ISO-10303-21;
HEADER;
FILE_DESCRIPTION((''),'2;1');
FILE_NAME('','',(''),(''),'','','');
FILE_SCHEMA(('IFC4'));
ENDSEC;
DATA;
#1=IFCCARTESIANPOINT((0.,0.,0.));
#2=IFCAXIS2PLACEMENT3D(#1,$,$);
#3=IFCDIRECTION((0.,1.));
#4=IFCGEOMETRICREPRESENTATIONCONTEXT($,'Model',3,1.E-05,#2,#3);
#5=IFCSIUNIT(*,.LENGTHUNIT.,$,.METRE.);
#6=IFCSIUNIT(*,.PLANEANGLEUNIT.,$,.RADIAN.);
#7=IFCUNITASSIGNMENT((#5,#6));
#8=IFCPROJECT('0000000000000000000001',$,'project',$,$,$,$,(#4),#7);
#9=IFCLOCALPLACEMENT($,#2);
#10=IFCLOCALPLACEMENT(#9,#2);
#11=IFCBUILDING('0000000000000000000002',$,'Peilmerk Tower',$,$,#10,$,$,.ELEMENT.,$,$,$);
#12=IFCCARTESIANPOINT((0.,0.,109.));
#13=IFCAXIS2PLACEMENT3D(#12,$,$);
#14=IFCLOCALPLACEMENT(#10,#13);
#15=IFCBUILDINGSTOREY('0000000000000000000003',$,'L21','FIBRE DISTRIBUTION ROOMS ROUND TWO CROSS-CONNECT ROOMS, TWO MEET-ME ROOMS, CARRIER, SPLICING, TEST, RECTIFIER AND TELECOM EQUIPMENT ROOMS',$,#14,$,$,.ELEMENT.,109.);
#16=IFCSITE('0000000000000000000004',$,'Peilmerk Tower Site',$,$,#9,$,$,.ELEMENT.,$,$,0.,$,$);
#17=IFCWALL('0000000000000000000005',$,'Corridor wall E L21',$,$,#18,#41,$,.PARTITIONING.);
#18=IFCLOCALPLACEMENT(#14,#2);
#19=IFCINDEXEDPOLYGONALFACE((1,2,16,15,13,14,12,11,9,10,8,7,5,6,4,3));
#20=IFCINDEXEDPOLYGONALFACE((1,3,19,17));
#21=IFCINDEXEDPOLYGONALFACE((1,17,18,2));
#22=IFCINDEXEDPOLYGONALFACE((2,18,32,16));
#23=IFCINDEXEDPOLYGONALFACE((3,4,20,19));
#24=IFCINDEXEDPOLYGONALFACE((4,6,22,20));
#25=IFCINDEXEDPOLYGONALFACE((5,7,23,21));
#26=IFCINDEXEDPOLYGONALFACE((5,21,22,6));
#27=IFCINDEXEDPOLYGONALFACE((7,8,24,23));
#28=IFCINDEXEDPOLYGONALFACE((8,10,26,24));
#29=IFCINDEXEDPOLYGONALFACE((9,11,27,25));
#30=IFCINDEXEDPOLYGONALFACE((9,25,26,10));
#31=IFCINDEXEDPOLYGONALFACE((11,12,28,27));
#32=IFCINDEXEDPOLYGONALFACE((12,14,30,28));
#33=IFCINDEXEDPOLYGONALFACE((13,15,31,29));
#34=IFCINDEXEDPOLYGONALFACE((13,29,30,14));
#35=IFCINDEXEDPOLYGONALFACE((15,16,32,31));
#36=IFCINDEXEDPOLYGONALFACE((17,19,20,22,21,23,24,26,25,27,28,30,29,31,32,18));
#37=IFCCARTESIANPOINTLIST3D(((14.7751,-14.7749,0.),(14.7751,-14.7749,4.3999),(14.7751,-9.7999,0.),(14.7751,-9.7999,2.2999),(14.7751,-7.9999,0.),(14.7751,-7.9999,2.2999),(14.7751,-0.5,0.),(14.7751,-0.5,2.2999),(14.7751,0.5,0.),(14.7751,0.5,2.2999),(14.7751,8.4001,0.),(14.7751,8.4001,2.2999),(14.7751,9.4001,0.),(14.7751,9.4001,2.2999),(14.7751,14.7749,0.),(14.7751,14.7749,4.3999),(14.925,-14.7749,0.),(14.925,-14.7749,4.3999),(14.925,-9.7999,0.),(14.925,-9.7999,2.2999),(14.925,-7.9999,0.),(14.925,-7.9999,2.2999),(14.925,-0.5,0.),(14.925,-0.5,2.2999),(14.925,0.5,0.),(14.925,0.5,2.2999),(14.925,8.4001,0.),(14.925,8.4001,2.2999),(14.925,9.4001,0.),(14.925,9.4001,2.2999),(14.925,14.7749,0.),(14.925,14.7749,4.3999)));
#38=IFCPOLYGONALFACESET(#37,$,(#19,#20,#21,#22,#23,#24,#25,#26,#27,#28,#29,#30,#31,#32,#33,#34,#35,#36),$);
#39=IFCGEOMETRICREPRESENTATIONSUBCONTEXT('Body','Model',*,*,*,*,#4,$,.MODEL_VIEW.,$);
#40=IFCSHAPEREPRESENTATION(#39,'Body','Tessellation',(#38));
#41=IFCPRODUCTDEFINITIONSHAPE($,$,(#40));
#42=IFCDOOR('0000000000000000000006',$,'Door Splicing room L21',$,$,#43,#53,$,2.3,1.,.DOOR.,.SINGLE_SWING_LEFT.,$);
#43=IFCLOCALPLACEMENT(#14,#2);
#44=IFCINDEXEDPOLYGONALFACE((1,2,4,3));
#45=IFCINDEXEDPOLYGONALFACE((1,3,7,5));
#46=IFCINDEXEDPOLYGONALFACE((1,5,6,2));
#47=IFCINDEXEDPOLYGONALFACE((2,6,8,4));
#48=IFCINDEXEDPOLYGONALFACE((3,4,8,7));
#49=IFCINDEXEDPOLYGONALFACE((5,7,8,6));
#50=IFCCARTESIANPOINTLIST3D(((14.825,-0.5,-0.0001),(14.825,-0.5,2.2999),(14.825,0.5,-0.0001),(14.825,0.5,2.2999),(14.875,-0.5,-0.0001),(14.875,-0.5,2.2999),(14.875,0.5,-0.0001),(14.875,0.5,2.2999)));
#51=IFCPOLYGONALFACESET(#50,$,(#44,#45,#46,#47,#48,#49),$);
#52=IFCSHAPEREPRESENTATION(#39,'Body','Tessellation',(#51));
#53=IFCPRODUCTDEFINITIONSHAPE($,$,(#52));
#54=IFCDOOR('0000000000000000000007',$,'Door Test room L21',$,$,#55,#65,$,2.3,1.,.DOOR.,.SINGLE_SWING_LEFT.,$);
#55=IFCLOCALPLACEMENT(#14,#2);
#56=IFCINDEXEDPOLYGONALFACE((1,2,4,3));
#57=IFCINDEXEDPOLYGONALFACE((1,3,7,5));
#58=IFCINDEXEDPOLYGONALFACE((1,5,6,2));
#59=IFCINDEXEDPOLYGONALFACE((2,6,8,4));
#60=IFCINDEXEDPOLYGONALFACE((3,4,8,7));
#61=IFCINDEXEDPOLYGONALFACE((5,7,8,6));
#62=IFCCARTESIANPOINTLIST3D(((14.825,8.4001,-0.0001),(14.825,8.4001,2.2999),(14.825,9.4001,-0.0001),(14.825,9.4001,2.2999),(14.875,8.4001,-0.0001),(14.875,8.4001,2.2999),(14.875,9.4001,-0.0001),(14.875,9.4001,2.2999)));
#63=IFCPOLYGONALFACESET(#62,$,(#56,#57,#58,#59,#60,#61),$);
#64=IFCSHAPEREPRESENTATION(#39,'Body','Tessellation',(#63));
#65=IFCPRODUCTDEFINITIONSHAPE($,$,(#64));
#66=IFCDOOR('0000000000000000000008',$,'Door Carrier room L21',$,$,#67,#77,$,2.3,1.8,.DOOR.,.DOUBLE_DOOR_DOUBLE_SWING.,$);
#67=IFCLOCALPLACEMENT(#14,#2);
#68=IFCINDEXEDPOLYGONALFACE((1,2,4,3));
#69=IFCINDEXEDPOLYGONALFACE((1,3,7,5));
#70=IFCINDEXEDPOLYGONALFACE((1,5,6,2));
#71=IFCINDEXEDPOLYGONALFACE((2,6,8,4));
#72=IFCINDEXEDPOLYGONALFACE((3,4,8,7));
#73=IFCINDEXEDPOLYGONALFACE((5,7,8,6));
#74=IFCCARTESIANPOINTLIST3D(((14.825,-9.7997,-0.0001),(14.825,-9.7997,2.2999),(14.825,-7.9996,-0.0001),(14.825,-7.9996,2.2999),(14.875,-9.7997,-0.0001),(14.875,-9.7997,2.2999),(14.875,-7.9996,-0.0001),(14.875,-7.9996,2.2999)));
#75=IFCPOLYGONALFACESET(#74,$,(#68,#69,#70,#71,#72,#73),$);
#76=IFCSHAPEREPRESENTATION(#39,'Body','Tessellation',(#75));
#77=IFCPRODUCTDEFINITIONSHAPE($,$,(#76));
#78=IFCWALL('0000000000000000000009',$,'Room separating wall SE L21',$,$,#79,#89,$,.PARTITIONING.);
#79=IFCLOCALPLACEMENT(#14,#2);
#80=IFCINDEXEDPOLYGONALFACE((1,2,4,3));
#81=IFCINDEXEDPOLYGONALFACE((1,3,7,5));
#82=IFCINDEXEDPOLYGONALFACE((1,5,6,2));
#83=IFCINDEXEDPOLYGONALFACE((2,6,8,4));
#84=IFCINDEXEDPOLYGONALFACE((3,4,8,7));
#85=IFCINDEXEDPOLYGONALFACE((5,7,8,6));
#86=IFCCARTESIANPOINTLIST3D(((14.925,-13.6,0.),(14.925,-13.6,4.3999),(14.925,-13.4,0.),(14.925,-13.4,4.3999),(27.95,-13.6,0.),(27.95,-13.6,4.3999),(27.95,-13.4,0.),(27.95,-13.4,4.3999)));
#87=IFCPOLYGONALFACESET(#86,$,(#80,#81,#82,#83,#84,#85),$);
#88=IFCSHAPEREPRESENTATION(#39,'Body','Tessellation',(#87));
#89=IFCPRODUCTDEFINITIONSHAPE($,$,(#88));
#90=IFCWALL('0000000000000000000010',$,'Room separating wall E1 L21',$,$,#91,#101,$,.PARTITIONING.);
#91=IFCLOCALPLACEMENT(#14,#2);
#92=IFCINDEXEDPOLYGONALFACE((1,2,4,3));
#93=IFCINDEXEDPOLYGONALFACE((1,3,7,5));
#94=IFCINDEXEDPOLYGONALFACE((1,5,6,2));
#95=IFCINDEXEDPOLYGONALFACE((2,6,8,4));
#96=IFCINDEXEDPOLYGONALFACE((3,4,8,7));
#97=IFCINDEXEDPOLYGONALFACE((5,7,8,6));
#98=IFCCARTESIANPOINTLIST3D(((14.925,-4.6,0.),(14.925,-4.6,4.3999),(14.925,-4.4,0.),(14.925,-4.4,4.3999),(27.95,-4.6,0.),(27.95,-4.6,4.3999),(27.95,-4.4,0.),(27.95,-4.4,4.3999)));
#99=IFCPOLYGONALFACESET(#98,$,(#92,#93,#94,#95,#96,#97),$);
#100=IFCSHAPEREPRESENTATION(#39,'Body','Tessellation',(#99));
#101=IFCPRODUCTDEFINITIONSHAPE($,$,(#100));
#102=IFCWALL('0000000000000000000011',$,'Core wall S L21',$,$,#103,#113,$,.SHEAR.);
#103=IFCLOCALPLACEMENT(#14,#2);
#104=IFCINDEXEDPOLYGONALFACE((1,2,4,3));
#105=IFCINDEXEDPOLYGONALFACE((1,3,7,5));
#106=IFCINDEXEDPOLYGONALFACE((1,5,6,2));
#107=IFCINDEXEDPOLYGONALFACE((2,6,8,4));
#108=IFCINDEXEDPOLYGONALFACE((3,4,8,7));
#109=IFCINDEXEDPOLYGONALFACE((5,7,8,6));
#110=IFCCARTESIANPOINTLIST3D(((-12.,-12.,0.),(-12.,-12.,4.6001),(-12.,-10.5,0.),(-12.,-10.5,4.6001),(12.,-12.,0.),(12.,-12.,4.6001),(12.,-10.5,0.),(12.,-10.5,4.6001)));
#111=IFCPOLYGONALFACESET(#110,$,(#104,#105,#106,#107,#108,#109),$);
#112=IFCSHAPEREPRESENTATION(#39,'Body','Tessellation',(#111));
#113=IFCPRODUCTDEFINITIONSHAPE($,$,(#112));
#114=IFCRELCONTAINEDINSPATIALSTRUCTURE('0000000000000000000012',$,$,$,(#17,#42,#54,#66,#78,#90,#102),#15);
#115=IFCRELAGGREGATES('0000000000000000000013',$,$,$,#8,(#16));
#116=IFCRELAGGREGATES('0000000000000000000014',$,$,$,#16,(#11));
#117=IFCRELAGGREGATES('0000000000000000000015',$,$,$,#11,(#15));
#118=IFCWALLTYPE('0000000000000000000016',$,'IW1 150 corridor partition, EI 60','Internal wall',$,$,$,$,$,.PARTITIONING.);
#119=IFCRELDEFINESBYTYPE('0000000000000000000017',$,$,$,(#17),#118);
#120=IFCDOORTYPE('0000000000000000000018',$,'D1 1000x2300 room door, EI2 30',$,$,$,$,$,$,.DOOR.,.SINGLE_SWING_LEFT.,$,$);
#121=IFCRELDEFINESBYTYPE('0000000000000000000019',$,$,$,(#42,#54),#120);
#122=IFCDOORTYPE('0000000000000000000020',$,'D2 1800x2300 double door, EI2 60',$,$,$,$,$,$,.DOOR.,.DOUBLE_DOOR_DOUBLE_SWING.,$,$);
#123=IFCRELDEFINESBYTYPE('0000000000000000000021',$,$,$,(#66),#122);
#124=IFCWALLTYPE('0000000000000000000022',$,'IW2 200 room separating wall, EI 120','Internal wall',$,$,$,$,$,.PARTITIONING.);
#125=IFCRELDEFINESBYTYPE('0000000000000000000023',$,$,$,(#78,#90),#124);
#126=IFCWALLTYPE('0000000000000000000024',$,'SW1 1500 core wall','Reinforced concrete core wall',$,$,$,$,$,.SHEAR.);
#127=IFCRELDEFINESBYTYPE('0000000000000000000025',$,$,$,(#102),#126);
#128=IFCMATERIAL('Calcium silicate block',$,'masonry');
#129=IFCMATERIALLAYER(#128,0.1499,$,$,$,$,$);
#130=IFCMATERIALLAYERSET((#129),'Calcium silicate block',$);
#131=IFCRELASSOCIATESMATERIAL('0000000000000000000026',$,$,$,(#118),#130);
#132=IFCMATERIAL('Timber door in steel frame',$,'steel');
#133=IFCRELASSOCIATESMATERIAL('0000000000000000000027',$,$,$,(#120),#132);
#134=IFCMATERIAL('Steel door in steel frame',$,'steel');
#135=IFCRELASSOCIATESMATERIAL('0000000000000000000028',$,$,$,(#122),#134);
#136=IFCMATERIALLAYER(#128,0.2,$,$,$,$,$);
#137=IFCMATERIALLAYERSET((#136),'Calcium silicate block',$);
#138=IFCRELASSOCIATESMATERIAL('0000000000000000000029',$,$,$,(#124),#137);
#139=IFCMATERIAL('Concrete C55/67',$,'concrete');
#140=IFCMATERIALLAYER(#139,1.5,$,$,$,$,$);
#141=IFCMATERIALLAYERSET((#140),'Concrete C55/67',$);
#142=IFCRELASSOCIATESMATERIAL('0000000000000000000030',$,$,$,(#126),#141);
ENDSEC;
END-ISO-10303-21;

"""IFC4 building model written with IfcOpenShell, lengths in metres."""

from ifc_helpers import new_model, si_unit, direction, frame, frame_2d, origin, place, context, subcontext, project, spatial, rectangle, extrude, material, layer, layer_set, type_object, element, fill, save


model = new_model("IFC4")

# Units and contexts
model_context = context("Model", 3, precision=1e-05, world=origin(), true_north=direction((0.0, 1.0)))
body_context = subcontext(model_context, "Body", "Model", "MODEL_VIEW")
ifc_project = project(units=[si_unit("LENGTHUNIT", "METRE"), si_unit("PLANEANGLEUNIT", "RADIAN")], contexts=[model_context])

# Site, building, storey
site_placement = place(None, origin())
site = spatial("IfcSite", under=ifc_project, at=site_placement, Name="Peilmerk Tower Site", CompositionType="ELEMENT", RefElevation=0.0)
building_placement = place(site_placement, origin())
building = spatial("IfcBuilding", under=site, at=building_placement, Name="Peilmerk Tower", CompositionType="ELEMENT")
storey_placement = place(building_placement, frame((0.0, 0.0, 109.0)))
storey = spatial("IfcBuildingStorey", under=building, at=storey_placement, Name="L21", Description="FIBRE DISTRIBUTION ROOMS ROUND TWO CROSS-CONNECT ROOMS, TWO MEET-ME ROOMS, CARRIER, SPLICING, TEST, RECTIFIER AND TELECOM EQUIPMENT ROOMS", CompositionType="ELEMENT", Elevation=109.0)

# Wall, openings, doors
ifc_material_1 = material(Name="Calcium silicate block", Category="masonry")
ifc_layer_1 = layer(ifc_material_1, 0.1499)
ifc_layer_set_1 = layer_set([ifc_layer_1], Name="Calcium silicate block")
wall_type_1 = type_object("IfcWallType", Name="IW1 150 corridor partition, EI 60", Description="Internal wall", PredefinedType="PARTITIONING", material=ifc_layer_set_1)
ifc_material_2 = material(Name="Timber door in steel frame", Category="steel")
door_type_1 = type_object("IfcDoorType", Name="D1 1000x2300 room door, EI2 30", OperationType="SINGLE_SWING_LEFT", PredefinedType="DOOR", material=ifc_material_2)
ifc_material_3 = material(Name="Steel door in steel frame", Category="steel")
door_type_2 = type_object("IfcDoorType", Name="D2 1800x2300 double door, EI2 60", OperationType="DOUBLE_DOOR_DOUBLE_SWING", PredefinedType="DOOR", material=ifc_material_3)
wall_1_placement = place(storey_placement, frame((14.8501, -14.7749, 0.0), z_axis=(0.0, 0.0, 1.0), x_axis=(0.0, 1.0, 0.0)))
wall_1 = element("IfcWall", 1, at=wall_1_placement, inside=storey, type_object=wall_type_1, Name="Corridor wall E L21", PredefinedType="PARTITIONING", context=body_context, shape_type="SweptSolid", body=[
    extrude(rectangle(XDim=29.5498, YDim=0.1499, at=frame_2d((14.7749, 0.0))), origin(), (0.0, 0.0, 1.0), 4.3999),
])
opening_1_placement = place(wall_1_placement, frame((4.9751, 0.0, 0.0)))
opening_1 = element("IfcOpeningElement", 2, at=opening_1_placement, cuts=wall_1, PredefinedType="OPENING", context=body_context, shape_type="SweptSolid", body=[
    extrude(rectangle(XDim=1.8, YDim=2.3, at=frame_2d((0.8999, 1.1499))), frame((0.0, 0.085, 0.0), z_axis=(0.0, -1.0, 0.0), x_axis=(1.0, 0.0, 0.0)), (0.0, 0.0, 1.0), 0.1699),
])
opening_2_placement = place(wall_1_placement, frame((14.2749, 0.0, 0.0)))
opening_2 = element("IfcOpeningElement", 3, at=opening_2_placement, cuts=wall_1, PredefinedType="OPENING", context=body_context, shape_type="SweptSolid", body=[
    extrude(rectangle(XDim=1.0, YDim=2.3, at=frame_2d((0.5, 1.1499))), frame((0.0, 0.085, 0.0), z_axis=(0.0, -1.0, 0.0), x_axis=(1.0, 0.0, 0.0)), (0.0, 0.0, 1.0), 0.1699),
])
opening_3_placement = place(wall_1_placement, frame((23.175, 0.0, 0.0)))
opening_3 = element("IfcOpeningElement", 4, at=opening_3_placement, cuts=wall_1, PredefinedType="OPENING", context=body_context, shape_type="SweptSolid", body=[
    extrude(rectangle(XDim=1.0, YDim=2.3, at=frame_2d((0.5, 1.1499))), frame((0.0, 0.085, 0.0), z_axis=(0.0, -1.0, 0.0), x_axis=(1.0, 0.0, 0.0)), (0.0, 0.0, 1.0), 0.1699),
])
door_1_placement = place(opening_2_placement, frame((1.0, 0.0, 0.0), z_axis=(0.0, 0.0, 1.0), x_axis=(-1.0, 0.0, 0.0)))
door_1 = element("IfcDoor", 5, at=door_1_placement, inside=storey, type_object=door_type_1, Name="Door Splicing room L21", OperationType="SINGLE_SWING_LEFT", OverallHeight=2.3, OverallWidth=1.0, PredefinedType="DOOR", context=body_context, shape_type="SweptSolid", body=[
    extrude(rectangle(XDim=1.0, YDim=2.3, at=frame_2d((0.5, 1.1499))), frame((0.0, 0.0249, 0.0), z_axis=(0.0, -1.0, 0.0), x_axis=(1.0, 0.0, 0.0)), (0.0, 0.0, 1.0), 0.05),
])
fill(opening_2, door_1)
door_2_placement = place(opening_3_placement, frame((1.0, 0.0, 0.0), z_axis=(0.0, 0.0, 1.0), x_axis=(-1.0, 0.0, 0.0)))
door_2 = element("IfcDoor", 6, at=door_2_placement, inside=storey, type_object=door_type_1, Name="Door Test room L21", OperationType="SINGLE_SWING_LEFT", OverallHeight=2.3, OverallWidth=1.0, PredefinedType="DOOR", context=body_context, shape_type="SweptSolid", body=[
    extrude(rectangle(XDim=1.0, YDim=2.3, at=frame_2d((0.5, 1.1499))), frame((0.0, 0.0249, 0.0), z_axis=(0.0, -1.0, 0.0), x_axis=(1.0, 0.0, 0.0)), (0.0, 0.0, 1.0), 0.05),
])
fill(opening_3, door_2)
door_3_placement = place(opening_1_placement, frame((1.8, 0.0, 0.0), z_axis=(0.0, 0.0, 1.0), x_axis=(-1.0, 0.0, 0.0)))
door_3 = element("IfcDoor", 7, at=door_3_placement, inside=storey, type_object=door_type_2, Name="Door Carrier room L21", OperationType="DOUBLE_DOOR_DOUBLE_SWING", OverallHeight=2.3, OverallWidth=1.8, PredefinedType="DOOR", context=body_context, shape_type="SweptSolid", body=[
    extrude(rectangle(XDim=1.8, YDim=2.3, at=frame_2d((0.8999, 1.1499))), frame((0.0, 0.0249, 0.0), z_axis=(0.0, -1.0, 0.0), x_axis=(1.0, 0.0, 0.0)), (0.0, 0.0, 1.0), 0.05),
])
fill(opening_1, door_3)

# Walls
ifc_layer_2 = layer(ifc_material_1, 0.2)
ifc_layer_set_2 = layer_set([ifc_layer_2], Name="Calcium silicate block")
wall_type_2 = type_object("IfcWallType", Name="IW2 200 room separating wall, EI 120", Description="Internal wall", PredefinedType="PARTITIONING", material=ifc_layer_set_2)
for number, where, z_axis, x_axis, name in (
    (8, (27.95, -13.5, 0.0), (0.0, 0.0, 1.0), (-1.0, 0.0, 0.0), "Room separating wall SE L21"),
    (9, (14.925, -4.5, 0.0), (0.0, 0.0, 1.0), (1.0, 0.0, 0.0), "Room separating wall E1 L21"),
):
    element("IfcWall", number, at=place(storey_placement, frame(where, z_axis=z_axis, x_axis=x_axis)), inside=storey, type_object=wall_type_2, Name=name, PredefinedType="PARTITIONING", context=body_context, shape_type="SweptSolid", body=[
        extrude(rectangle(XDim=13.0249, YDim=0.2, at=frame_2d((6.5125, 0.0))), origin(), (0.0, 0.0, 1.0), 4.3999),
    ])
ifc_material_4 = material(Name="Concrete C55/67", Category="concrete")
ifc_layer_3 = layer(ifc_material_4, 1.5)
ifc_layer_set_3 = layer_set([ifc_layer_3], Name="Concrete C55/67")
wall_type_3 = type_object("IfcWallType", Name="SW1 1500 core wall", Description="Reinforced concrete core wall", PredefinedType="SHEAR", material=ifc_layer_set_3)
wall_2_placement = place(storey_placement, frame((12.0, -11.25, 0.0), z_axis=(0.0, 0.0, 1.0), x_axis=(-1.0, 0.0, 0.0)))
element("IfcWall", 10, at=wall_2_placement, inside=storey, type_object=wall_type_3, Name="Core wall S L21", PredefinedType="SHEAR", context=body_context, shape_type="SweptSolid", body=[
    extrude(rectangle(XDim=24.0, YDim=1.5, at=frame_2d((12.0, 0.0))), origin(), (0.0, 0.0, 1.0), 4.6001),
])

save(model, "model.ifc")
